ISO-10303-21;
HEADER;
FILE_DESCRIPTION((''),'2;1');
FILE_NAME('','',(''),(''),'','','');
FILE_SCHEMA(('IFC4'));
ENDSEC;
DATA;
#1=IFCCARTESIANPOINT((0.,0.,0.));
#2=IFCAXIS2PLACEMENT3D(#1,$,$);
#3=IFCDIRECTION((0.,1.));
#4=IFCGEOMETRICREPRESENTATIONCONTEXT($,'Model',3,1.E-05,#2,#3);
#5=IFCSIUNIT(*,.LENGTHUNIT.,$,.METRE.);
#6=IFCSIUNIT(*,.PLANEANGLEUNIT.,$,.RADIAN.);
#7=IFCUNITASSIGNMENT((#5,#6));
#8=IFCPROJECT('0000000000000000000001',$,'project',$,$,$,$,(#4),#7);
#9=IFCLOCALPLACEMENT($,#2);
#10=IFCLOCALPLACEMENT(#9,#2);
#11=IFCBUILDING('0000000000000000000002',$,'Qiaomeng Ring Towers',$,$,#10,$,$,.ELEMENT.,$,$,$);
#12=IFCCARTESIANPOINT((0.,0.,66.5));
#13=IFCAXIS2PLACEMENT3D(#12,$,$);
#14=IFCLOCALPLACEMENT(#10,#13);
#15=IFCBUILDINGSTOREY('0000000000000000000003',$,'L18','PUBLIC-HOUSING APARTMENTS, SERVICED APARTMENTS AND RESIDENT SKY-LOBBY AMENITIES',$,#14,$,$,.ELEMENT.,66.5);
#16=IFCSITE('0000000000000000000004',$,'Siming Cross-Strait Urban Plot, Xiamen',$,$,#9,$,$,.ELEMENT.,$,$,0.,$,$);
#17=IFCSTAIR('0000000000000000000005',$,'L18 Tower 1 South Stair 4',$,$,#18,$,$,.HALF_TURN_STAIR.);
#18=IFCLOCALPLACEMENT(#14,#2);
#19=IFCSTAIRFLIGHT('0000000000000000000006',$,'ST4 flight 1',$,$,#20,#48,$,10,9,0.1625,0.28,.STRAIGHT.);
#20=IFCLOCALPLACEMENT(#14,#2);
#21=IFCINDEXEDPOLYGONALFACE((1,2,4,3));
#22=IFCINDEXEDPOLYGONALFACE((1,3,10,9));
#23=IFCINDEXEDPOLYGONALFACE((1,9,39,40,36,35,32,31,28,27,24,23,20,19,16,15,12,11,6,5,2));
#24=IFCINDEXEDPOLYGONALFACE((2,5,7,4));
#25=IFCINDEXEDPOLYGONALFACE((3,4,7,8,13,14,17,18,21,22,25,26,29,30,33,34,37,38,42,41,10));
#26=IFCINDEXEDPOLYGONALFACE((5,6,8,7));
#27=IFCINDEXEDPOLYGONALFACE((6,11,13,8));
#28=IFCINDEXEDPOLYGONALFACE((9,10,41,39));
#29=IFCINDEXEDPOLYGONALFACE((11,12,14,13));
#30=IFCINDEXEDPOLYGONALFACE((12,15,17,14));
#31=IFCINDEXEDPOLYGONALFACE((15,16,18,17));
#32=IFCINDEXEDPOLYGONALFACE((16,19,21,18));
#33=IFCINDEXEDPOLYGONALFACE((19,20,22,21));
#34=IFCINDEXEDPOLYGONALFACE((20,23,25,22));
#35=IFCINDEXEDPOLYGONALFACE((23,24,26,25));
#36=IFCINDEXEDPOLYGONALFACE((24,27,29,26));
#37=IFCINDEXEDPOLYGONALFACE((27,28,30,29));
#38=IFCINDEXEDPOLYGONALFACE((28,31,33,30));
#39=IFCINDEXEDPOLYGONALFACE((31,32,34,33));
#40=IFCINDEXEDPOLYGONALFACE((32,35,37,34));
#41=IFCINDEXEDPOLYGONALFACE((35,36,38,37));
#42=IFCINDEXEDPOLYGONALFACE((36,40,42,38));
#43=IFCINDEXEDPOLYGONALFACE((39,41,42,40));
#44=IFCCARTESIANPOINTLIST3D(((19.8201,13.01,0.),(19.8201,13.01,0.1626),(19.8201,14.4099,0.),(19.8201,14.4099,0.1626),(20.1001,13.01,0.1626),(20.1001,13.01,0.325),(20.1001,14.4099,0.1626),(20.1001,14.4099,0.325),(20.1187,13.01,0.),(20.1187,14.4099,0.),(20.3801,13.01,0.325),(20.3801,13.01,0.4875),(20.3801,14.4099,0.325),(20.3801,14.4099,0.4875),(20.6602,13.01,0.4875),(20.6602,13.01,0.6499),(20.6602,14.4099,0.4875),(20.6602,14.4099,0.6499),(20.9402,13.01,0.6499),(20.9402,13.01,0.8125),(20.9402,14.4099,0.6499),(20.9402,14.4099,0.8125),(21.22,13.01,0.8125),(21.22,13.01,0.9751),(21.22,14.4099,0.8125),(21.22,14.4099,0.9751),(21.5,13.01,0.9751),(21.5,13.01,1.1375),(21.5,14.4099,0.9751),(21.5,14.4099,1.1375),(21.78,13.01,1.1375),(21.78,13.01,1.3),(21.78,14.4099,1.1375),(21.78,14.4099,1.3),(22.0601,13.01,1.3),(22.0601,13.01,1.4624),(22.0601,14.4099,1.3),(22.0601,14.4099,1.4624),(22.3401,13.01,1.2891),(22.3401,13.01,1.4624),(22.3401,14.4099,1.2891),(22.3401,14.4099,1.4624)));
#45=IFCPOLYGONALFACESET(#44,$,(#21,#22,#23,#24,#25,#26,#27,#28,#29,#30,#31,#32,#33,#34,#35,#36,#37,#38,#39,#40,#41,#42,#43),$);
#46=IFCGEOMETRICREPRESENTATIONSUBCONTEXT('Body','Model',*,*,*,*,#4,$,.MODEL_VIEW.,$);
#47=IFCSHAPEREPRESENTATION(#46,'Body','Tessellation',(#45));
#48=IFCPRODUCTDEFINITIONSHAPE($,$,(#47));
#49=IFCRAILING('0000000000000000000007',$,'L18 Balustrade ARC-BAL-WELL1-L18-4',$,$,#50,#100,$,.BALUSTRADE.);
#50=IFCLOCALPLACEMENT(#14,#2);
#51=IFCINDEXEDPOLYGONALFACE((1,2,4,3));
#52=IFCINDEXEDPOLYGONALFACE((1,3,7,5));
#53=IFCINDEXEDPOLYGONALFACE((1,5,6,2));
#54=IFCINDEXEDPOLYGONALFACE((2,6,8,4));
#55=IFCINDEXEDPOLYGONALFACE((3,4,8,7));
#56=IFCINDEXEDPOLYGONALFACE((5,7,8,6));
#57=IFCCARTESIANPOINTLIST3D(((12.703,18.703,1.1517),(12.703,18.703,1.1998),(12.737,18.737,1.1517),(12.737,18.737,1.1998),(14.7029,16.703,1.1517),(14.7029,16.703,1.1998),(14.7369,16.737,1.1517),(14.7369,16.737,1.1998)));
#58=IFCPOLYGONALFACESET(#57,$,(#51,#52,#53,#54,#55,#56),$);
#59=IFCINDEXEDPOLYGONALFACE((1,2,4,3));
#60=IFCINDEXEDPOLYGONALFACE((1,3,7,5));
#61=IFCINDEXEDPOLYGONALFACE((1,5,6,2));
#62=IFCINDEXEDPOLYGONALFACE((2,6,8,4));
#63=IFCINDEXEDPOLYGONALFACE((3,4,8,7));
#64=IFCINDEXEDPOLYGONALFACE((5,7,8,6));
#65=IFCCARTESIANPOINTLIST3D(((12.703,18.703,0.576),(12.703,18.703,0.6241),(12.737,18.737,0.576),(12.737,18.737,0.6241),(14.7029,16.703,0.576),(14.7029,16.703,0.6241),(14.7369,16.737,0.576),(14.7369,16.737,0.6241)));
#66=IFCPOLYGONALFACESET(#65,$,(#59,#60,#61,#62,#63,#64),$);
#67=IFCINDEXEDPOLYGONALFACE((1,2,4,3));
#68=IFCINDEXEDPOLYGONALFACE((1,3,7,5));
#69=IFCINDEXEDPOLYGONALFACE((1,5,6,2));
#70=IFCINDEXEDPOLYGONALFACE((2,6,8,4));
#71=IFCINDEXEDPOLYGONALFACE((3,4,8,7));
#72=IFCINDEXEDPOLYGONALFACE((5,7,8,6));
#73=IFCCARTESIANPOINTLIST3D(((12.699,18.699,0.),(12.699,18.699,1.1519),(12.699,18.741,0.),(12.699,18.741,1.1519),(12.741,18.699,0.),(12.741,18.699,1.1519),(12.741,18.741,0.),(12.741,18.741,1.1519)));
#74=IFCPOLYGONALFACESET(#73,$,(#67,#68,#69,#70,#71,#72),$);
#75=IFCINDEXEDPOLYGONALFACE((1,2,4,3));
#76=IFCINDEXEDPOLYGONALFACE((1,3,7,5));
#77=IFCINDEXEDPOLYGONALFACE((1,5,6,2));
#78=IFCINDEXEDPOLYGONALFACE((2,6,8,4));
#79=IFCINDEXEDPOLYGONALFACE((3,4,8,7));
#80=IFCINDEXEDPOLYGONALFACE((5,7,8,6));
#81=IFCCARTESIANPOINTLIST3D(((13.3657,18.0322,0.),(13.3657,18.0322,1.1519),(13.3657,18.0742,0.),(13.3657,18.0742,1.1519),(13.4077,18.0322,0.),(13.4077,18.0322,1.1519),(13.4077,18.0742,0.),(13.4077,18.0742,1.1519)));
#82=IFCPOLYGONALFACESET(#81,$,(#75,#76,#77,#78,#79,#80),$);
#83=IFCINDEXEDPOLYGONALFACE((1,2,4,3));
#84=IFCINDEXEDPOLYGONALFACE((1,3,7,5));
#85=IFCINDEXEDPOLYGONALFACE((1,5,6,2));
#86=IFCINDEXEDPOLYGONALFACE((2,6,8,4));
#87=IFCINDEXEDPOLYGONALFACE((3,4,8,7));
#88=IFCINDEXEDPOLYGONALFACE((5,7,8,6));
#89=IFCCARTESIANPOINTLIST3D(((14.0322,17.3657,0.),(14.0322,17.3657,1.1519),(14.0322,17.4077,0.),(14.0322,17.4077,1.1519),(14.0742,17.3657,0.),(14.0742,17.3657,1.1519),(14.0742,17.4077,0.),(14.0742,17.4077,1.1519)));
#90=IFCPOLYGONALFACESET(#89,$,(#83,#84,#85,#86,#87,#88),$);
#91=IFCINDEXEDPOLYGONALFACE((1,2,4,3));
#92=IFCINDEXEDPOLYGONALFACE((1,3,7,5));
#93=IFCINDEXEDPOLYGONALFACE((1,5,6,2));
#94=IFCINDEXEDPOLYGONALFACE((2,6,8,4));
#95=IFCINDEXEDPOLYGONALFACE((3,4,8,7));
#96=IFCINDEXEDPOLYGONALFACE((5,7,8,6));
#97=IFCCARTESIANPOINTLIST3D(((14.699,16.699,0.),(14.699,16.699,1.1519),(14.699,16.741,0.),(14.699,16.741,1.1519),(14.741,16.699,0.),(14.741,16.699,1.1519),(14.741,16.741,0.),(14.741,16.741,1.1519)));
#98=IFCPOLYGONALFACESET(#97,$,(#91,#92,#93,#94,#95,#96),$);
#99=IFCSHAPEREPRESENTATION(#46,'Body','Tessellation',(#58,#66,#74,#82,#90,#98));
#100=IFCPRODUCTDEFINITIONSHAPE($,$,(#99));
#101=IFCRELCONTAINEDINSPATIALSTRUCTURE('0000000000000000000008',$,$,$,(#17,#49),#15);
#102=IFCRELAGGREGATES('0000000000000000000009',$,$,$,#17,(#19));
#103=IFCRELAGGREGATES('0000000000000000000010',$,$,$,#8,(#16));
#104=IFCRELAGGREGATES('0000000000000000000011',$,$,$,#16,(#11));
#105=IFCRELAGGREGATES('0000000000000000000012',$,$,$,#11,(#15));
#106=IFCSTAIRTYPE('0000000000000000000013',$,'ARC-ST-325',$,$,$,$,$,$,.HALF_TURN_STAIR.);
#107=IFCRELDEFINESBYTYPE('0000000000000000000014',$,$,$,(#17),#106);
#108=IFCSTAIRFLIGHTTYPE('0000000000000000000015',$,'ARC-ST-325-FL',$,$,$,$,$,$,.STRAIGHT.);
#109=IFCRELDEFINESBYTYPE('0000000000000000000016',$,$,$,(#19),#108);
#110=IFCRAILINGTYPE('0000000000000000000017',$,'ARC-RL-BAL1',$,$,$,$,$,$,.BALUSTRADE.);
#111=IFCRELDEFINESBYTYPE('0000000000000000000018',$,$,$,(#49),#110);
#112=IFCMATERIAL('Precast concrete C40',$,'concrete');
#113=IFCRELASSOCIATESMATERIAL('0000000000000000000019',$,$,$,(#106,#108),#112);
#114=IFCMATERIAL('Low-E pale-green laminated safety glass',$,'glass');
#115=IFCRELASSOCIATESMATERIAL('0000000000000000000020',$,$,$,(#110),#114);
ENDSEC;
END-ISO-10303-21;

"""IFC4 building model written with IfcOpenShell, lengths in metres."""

from ifc_helpers import new_model, si_unit, direction, frame, origin, origin_2d, place, context, subcontext, project, spatial, polyline, rectangle, outline, extrude, source, transform, mapped, material, type_object, element, aggregate, save


model = new_model("IFC4")

# Units and contexts
model_context = context("Model", 3, precision=1e-05, world=origin(), true_north=direction((0.0, 1.0)))
body_context = subcontext(model_context, "Body", "Model", "MODEL_VIEW")
ifc_project = project(units=[si_unit("LENGTHUNIT", "METRE"), si_unit("PLANEANGLEUNIT", "RADIAN")], contexts=[model_context])

# Site, building, storey
site_placement = place(None, origin())
site = spatial("IfcSite", under=ifc_project, at=site_placement, Name="Siming Cross-Strait Urban Plot, Xiamen", CompositionType="ELEMENT", RefElevation=0.0)
building_placement = place(site_placement, origin())
building = spatial("IfcBuilding", under=site, at=building_placement, Name="Qiaomeng Ring Towers", CompositionType="ELEMENT")
storey_placement = place(building_placement, frame((0.0, 0.0, 66.5)))
storey = spatial("IfcBuildingStorey", under=building, at=storey_placement, Name="L18", Description="PUBLIC-HOUSING APARTMENTS, SERVICED APARTMENTS AND RESIDENT SKY-LOBBY AMENITIES", CompositionType="ELEMENT", Elevation=66.5)

# Stair, stair flight
ifc_material_1 = material(Name="Precast concrete C40", Category="concrete")
stair_type = type_object("IfcStairType", Name="ARC-ST-325", PredefinedType="HALF_TURN_STAIR", material=ifc_material_1)
stair_flight_type = type_object("IfcStairFlightType", Name="ARC-ST-325-FL", PredefinedType="STRAIGHT", material=ifc_material_1)
shared_shape_1 = source(origin(), body_context, "Body", "SweptSolid", [
    extrude(outline(polyline([(0.0, 0.0), (0.0, 0.1626), (0.28, 0.1626), (0.28, 0.325), (0.5601, 0.325), (0.5601, 0.4875), (0.8401, 0.4875), (0.8401, 0.6499), (1.1201, 0.6499), (1.1201, 0.8125), (1.3999, 0.8125), (1.3999, 0.9751), (1.6799, 0.9751), (1.6799, 1.1375), (1.96, 1.1375), (1.96, 1.3), (2.24, 1.3), (2.24, 1.4624), (2.52, 1.4624), (2.52, 1.625), (2.52, 1.2891), (0.2986, 0.0), (0.0, 0.0)])), frame((0.0, 0.7, 0.0), z_axis=(0.0, -1.0, 0.0), x_axis=(1.0, 0.0, 0.0)), (0.0, 0.0, 1.0), 1.3999),
])
stair_1_placement = place(storey_placement, origin())
stair_1 = element("IfcStair", 1, at=stair_1_placement, inside=storey, type_object=stair_type, Name="L18 Tower 1 South Stair 4", PredefinedType="HALF_TURN_STAIR")
stair_flight_1_placement = place(storey_placement, frame((19.8201, 13.71, 0.0), z_axis=(0.0, 0.0, 1.0), x_axis=(1.0, 0.0, 0.0)))
stair_flight_1 = element("IfcStairFlight", 2, at=stair_flight_1_placement, type_object=stair_flight_type, Name="ST4 flight 1", NumberOfRisers=10, NumberOfTreads=9, PredefinedType="STRAIGHT", RiserHeight=0.1625, TreadLength=0.28, context=body_context, shape_type="MappedRepresentation", body=[
    mapped(shared_shape_1, transform((0.0, 0.0, 0.0), x_axis=(1.0, 0.0, 0.0), y_axis=(0.0, 1.0, 0.0), z_axis=(0.0, 0.0, 1.0), scale=1.0)),
])
aggregate(stair_1, [stair_flight_1])

# Railing
ifc_material_2 = material(Name="Low-E pale-green laminated safety glass", Category="glass")
railing_type_1 = type_object("IfcRailingType", Name="ARC-RL-BAL1", PredefinedType="BALUSTRADE", material=ifc_material_2)
railing_1_placement = place(storey_placement, frame((12.72, 18.72, 0.0)))
element("IfcRailing", 3, at=railing_1_placement, inside=storey, type_object=railing_type_1, Name="L18 Balustrade ARC-BAL-WELL1-L18-4", PredefinedType="BALUSTRADE", context=body_context, shape_type="SweptSolid", body=[
    extrude(rectangle(XDim=0.0481, YDim=0.0481, at=origin_2d()), frame((0.0, 0.0, 1.1758), z_axis=(0.707107, -0.707107, 0.0), x_axis=(0.707107, 0.707107, 0.0)), (0.0, 0.0, 1.0), 2.8284),
    extrude(rectangle(XDim=0.0481, YDim=0.0481, at=origin_2d()), frame((0.0, 0.0, 0.6001), z_axis=(0.707107, -0.707107, 0.0), x_axis=(0.707107, 0.707107, 0.0)), (0.0, 0.0, 1.0), 2.8284),
    extrude(rectangle(XDim=0.042, YDim=0.042, at=origin_2d()), origin(), (0.0, 0.0, 1.0), 1.1519),
    extrude(rectangle(XDim=0.042, YDim=0.042, at=origin_2d()), frame((0.6667, -0.6667, 0.0)), (0.0, 0.0, 1.0), 1.1519),
    extrude(rectangle(XDim=0.042, YDim=0.042, at=origin_2d()), frame((1.3333, -1.3333, 0.0)), (0.0, 0.0, 1.0), 1.1519),
    extrude(rectangle(XDim=0.042, YDim=0.042, at=origin_2d()), frame((2.0, -2.0, 0.0)), (0.0, 0.0, 1.0), 1.1519),
])

save(model, "model.ifc")
